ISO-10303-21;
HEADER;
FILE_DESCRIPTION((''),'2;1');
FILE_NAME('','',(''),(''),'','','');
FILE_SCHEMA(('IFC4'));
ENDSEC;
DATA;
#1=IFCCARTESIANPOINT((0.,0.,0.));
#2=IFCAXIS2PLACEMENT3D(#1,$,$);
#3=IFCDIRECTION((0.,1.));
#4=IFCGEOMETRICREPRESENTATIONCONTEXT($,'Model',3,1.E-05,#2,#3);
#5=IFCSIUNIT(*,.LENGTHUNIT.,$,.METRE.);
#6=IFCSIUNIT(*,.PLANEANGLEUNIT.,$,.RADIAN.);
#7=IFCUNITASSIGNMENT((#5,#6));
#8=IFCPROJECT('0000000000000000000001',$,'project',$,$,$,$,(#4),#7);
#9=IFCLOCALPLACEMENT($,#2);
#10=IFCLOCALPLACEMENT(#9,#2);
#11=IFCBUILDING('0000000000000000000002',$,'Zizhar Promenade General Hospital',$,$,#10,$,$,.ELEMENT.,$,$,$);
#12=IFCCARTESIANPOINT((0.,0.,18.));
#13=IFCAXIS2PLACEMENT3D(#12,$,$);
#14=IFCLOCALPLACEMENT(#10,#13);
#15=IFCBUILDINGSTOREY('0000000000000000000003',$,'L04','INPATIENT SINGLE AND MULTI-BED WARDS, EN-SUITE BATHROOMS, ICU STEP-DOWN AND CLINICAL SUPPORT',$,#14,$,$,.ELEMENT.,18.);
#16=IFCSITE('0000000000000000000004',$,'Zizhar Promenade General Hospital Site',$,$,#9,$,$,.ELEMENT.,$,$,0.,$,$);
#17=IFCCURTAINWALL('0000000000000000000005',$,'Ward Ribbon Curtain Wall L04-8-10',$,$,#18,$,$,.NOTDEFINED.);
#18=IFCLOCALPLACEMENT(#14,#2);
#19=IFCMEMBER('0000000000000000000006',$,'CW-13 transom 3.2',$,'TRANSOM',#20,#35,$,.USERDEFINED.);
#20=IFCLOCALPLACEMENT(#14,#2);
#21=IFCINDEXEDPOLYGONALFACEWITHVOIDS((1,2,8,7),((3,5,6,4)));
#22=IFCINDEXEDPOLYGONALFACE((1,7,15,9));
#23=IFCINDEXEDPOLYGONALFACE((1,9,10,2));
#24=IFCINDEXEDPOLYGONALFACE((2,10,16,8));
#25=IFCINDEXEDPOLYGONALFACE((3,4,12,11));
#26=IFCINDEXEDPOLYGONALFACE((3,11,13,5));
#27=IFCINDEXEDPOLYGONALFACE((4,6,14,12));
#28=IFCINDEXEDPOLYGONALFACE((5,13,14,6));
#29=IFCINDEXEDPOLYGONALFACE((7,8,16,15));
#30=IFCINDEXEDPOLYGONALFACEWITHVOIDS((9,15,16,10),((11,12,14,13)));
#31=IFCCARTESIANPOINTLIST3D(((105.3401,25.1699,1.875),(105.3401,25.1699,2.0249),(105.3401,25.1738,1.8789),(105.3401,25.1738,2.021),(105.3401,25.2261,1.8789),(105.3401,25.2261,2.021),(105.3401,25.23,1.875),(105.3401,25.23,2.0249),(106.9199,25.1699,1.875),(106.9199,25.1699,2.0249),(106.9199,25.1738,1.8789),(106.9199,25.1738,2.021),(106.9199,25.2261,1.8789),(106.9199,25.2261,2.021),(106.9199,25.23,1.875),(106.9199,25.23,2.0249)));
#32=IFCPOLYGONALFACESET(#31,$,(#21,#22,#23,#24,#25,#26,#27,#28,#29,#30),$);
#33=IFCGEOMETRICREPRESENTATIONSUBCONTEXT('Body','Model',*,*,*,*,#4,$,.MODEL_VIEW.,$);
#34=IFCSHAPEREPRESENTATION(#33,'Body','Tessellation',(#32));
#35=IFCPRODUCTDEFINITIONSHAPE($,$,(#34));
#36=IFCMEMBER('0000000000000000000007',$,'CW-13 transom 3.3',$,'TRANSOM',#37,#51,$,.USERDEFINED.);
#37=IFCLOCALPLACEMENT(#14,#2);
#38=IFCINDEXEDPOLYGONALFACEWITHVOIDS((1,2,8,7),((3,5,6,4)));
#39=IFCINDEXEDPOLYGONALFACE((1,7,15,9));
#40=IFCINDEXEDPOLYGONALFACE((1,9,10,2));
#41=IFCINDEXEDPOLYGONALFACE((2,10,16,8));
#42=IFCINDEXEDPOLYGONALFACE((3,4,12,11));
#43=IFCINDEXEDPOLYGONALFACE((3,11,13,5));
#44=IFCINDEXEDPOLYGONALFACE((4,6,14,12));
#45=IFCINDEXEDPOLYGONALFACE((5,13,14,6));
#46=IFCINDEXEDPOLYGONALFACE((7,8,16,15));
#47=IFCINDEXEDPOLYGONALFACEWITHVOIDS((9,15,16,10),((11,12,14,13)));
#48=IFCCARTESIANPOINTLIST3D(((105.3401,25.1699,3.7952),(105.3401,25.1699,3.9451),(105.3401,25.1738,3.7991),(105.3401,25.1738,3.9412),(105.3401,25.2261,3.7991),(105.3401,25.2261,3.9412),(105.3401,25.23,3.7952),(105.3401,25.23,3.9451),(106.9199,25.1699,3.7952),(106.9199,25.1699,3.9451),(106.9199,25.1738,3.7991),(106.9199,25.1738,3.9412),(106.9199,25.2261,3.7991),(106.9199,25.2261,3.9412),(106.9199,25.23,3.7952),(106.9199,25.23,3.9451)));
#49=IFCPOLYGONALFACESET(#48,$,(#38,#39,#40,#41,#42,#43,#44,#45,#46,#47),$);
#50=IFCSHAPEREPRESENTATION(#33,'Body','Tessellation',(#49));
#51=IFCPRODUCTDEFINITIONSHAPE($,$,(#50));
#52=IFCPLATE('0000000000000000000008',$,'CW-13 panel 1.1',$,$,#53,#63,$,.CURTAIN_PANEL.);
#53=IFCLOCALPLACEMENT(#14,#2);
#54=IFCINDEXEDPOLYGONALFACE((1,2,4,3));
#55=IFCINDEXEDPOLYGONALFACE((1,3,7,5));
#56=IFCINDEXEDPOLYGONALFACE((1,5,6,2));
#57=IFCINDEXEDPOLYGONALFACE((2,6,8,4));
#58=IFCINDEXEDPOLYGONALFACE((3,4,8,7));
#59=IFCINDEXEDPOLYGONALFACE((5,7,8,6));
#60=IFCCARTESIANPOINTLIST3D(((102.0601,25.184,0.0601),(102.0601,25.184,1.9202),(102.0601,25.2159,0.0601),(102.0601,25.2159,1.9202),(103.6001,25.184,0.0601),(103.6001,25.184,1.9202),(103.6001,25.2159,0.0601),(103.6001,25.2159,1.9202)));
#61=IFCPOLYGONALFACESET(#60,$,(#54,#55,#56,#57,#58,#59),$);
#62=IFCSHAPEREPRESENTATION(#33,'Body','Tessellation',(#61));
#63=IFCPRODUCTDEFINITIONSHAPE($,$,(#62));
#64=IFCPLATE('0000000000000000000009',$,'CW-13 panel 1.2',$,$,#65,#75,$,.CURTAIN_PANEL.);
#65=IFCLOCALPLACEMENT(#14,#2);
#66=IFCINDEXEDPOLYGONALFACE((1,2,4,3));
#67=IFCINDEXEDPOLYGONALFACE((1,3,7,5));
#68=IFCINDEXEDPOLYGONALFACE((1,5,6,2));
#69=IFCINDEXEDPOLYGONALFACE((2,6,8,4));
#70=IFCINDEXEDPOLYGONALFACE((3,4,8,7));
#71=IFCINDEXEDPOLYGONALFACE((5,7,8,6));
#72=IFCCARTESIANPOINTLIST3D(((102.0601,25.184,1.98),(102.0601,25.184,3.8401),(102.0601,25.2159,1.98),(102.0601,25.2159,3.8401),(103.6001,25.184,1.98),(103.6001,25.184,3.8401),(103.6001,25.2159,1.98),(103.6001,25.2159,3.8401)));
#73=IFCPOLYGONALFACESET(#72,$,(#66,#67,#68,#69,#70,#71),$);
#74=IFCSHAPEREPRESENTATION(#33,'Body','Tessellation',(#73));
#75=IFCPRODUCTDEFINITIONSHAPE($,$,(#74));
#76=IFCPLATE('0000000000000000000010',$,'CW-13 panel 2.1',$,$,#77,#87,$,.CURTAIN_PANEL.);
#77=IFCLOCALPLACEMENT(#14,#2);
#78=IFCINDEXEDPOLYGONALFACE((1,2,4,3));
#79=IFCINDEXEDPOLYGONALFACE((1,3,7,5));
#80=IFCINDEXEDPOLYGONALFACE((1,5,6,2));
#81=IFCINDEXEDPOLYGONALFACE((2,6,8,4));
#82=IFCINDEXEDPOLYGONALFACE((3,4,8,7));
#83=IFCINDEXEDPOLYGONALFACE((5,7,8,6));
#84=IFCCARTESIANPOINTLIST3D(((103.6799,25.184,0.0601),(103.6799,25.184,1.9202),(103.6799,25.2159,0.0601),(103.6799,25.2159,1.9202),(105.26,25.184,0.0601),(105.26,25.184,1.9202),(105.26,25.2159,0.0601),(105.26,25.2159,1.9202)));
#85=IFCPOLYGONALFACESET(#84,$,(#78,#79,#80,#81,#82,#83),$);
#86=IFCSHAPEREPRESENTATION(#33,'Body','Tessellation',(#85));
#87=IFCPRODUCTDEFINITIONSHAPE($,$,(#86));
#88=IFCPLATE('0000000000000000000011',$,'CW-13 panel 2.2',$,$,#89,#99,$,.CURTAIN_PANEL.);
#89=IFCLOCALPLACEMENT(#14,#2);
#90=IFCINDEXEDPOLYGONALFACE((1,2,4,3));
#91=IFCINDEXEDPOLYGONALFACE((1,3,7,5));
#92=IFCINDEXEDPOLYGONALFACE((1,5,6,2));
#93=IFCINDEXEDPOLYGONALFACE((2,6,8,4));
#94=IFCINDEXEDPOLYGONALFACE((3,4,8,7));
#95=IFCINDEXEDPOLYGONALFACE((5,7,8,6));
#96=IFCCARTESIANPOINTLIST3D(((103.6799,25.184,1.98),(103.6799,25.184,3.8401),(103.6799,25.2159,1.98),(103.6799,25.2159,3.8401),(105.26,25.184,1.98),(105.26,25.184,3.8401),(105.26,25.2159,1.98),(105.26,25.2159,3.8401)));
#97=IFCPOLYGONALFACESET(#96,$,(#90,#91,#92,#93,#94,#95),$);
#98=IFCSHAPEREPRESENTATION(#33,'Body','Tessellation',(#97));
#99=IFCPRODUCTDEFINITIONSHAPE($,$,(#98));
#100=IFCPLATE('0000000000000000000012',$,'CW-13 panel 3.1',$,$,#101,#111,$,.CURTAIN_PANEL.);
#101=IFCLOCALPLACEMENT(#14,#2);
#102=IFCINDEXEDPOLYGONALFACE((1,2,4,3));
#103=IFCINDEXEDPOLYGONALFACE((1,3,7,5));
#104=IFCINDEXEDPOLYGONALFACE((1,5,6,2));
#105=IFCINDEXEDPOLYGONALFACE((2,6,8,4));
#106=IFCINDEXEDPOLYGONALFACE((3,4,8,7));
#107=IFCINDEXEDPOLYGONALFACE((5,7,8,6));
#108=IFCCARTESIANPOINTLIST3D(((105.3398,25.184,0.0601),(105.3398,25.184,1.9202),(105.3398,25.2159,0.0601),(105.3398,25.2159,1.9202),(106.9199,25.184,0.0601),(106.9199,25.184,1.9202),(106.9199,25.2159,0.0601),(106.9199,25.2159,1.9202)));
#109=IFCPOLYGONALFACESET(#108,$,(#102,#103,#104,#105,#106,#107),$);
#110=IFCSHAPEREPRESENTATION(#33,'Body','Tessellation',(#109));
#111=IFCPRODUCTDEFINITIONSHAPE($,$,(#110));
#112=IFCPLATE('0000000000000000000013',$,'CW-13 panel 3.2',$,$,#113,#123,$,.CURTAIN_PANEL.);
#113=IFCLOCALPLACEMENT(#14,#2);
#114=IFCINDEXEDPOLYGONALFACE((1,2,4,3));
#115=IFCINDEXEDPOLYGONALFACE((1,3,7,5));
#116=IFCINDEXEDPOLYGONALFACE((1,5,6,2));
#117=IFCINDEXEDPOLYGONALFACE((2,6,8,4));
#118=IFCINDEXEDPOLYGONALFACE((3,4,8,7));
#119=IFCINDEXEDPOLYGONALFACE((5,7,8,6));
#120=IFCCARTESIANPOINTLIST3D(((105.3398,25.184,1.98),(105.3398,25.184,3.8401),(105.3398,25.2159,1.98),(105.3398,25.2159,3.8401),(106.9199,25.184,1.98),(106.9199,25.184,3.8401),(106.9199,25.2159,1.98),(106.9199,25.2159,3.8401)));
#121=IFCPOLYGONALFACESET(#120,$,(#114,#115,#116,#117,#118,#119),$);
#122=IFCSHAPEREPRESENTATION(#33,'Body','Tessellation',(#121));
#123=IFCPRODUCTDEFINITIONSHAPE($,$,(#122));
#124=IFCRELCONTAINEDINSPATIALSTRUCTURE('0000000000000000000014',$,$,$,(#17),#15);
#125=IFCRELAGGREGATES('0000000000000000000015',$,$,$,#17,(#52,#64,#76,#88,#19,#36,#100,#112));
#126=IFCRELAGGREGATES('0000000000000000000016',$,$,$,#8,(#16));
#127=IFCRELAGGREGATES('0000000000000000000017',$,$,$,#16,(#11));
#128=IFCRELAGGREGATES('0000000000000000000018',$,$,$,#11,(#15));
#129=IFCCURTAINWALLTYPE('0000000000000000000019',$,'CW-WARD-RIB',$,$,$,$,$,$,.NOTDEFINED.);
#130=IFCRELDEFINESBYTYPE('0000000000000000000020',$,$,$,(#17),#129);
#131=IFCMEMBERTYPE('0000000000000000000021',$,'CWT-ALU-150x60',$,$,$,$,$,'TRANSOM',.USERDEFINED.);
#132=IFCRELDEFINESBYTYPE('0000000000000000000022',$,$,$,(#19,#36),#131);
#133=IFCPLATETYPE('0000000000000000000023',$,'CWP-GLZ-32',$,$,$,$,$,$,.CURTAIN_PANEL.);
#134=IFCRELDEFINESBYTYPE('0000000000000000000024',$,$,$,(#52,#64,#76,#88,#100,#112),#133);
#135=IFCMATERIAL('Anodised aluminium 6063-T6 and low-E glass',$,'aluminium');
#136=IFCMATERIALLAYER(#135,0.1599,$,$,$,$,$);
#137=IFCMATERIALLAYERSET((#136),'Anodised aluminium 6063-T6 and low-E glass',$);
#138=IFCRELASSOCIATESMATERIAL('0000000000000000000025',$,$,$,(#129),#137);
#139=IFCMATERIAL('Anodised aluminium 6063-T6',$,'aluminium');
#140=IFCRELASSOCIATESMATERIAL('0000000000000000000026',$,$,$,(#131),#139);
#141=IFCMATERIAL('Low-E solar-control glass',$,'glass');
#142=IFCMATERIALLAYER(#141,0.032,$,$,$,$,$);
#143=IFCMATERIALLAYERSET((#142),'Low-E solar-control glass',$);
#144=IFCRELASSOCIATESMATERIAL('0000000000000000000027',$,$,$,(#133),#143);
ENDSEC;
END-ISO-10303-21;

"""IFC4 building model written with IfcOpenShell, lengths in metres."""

from ifc_helpers import new_model, si_unit, direction, frame, origin, origin_2d, place, context, subcontext, project, spatial, rectangle, hollow_rectangle, extrude, material, layer, layer_set, material_profile, profile_set, type_object, element, aggregate, save


model = new_model("IFC4")

# Units and contexts
model_context = context("Model", 3, precision=1e-05, world=origin(), true_north=direction((0.0, 1.0)))
body_context = subcontext(model_context, "Body", "Model", "MODEL_VIEW")
ifc_project = project(units=[si_unit("LENGTHUNIT", "METRE"), si_unit("PLANEANGLEUNIT", "RADIAN")], contexts=[model_context])

# Site, building, storey
site_placement = place(None, origin())
site = spatial("IfcSite", under=ifc_project, at=site_placement, Name="Zizhar Promenade General Hospital Site", CompositionType="ELEMENT", RefElevation=0.0)
building_placement = place(site_placement, origin())
building = spatial("IfcBuilding", under=site, at=building_placement, Name="Zizhar Promenade General Hospital", CompositionType="ELEMENT")
storey_placement = place(building_placement, frame((0.0, 0.0, 18.0)))
storey = spatial("IfcBuildingStorey", under=building, at=storey_placement, Name="L04", Description="INPATIENT SINGLE AND MULTI-BED WARDS, EN-SUITE BATHROOMS, ICU STEP-DOWN AND CLINICAL SUPPORT", CompositionType="ELEMENT", Elevation=18.0)

# Curtain wall, members, plates
ifc_material_1 = material(Name="Anodised aluminium 6063-T6 and low-E glass", Category="aluminium")
ifc_layer_1 = layer(ifc_material_1, 0.1599)
ifc_layer_set_1 = layer_set([ifc_layer_1], Name="Anodised aluminium 6063-T6 and low-E glass")
curtain_wall_type = type_object("IfcCurtainWallType", Name="CW-WARD-RIB", PredefinedType="NOTDEFINED", material=ifc_layer_set_1)
curtain_wall_placement = place(storey_placement, origin())
curtain_wall = element("IfcCurtainWall", 1, at=curtain_wall_placement, inside=storey, type_object=curtain_wall_type, Name="Ward Ribbon Curtain Wall L04-8-10", PredefinedType="NOTDEFINED")
ifc_material_2 = material(Name="Anodised aluminium 6063-T6", Category="aluminium")
ifc_material_profile_1 = material_profile(ifc_material_2, hollow_rectangle(XDim=0.0601, YDim=0.1499, WallThickness=0.0039, at=origin_2d()))
ifc_profile_set_1 = profile_set([ifc_material_profile_1], Name="Anodised aluminium 6063-T6")
member_type_1 = type_object("IfcMemberType", Name="CWT-ALU-150x60", ElementType="TRANSOM", PredefinedType="USERDEFINED", material=ifc_profile_set_1)
member_1_placement = place(storey_placement, frame((105.3401, 25.2, 1.95), z_axis=(1.0, 0.0, 0.0), x_axis=(0.0, 1.0, 0.0)))
member_1 = element("IfcMember", 2, at=member_1_placement, type_object=member_type_1, Name="CW-13 transom 3.2", ObjectType="TRANSOM", PredefinedType="USERDEFINED", context=body_context, shape_type="SweptSolid", body=[
    extrude(hollow_rectangle(XDim=0.0601, YDim=0.1499, WallThickness=0.0039, at=origin_2d()), origin(), (0.0, 0.0, 1.0), 1.5798),
])
member_2_placement = place(storey_placement, frame((105.3401, 25.2, 3.8701), z_axis=(1.0, 0.0, 0.0), x_axis=(0.0, 1.0, 0.0)))
member_2 = element("IfcMember", 3, at=member_2_placement, type_object=member_type_1, Name="CW-13 transom 3.3", ObjectType="TRANSOM", PredefinedType="USERDEFINED", context=body_context, shape_type="SweptSolid", body=[
    extrude(hollow_rectangle(XDim=0.0601, YDim=0.1499, WallThickness=0.0039, at=origin_2d()), origin(), (0.0, 0.0, 1.0), 1.5798),
])
ifc_material_3 = material(Name="Low-E solar-control glass", Category="glass")
ifc_layer_2 = layer(ifc_material_3, 0.032)
ifc_layer_set_2 = layer_set([ifc_layer_2], Name="Low-E solar-control glass")
plate_type = type_object("IfcPlateType", Name="CWP-GLZ-32", PredefinedType="CURTAIN_PANEL", material=ifc_layer_set_2)
plate_1_placement = place(storey_placement, frame((102.8301, 25.2, 0.0601), z_axis=(0.0, 0.0, 1.0), x_axis=(1.0, 0.0, 0.0)))
plate_1 = element("IfcPlate", 4, at=plate_1_placement, type_object=plate_type, Name="CW-13 panel 1.1", PredefinedType="CURTAIN_PANEL", context=body_context, shape_type="SweptSolid", body=[
    extrude(rectangle(XDim=1.54, YDim=0.032, at=origin_2d()), origin(), (0.0, 0.0, 1.0), 1.8601),
])
plate_2_placement = place(storey_placement, frame((102.8301, 25.2, 1.98), z_axis=(0.0, 0.0, 1.0), x_axis=(1.0, 0.0, 0.0)))
plate_2 = element("IfcPlate", 5, at=plate_2_placement, type_object=plate_type, Name="CW-13 panel 1.2", PredefinedType="CURTAIN_PANEL", context=body_context, shape_type="SweptSolid", body=[
    extrude(rectangle(XDim=1.54, YDim=0.032, at=origin_2d()), origin(), (0.0, 0.0, 1.0), 1.8601),
])
plate_3_placement = place(storey_placement, frame((104.47, 25.2, 0.0601), z_axis=(0.0, 0.0, 1.0), x_axis=(1.0, 0.0, 0.0)))
plate_3 = element("IfcPlate", 6, at=plate_3_placement, type_object=plate_type, Name="CW-13 panel 2.1", PredefinedType="CURTAIN_PANEL", context=body_context, shape_type="SweptSolid", body=[
    extrude(rectangle(XDim=1.5801, YDim=0.032, at=origin_2d()), origin(), (0.0, 0.0, 1.0), 1.8601),
])
plate_4_placement = place(storey_placement, frame((104.47, 25.2, 1.98), z_axis=(0.0, 0.0, 1.0), x_axis=(1.0, 0.0, 0.0)))
plate_4 = element("IfcPlate", 7, at=plate_4_placement, type_object=plate_type, Name="CW-13 panel 2.2", PredefinedType="CURTAIN_PANEL", context=body_context, shape_type="SweptSolid", body=[
    extrude(rectangle(XDim=1.5801, YDim=0.032, at=origin_2d()), origin(), (0.0, 0.0, 1.0), 1.8601),
])
plate_5_placement = place(storey_placement, frame((106.1299, 25.2, 0.0601), z_axis=(0.0, 0.0, 1.0), x_axis=(1.0, 0.0, 0.0)))
plate_5 = element("IfcPlate", 8, at=plate_5_placement, type_object=plate_type, Name="CW-13 panel 3.1", PredefinedType="CURTAIN_PANEL", context=body_context, shape_type="SweptSolid", body=[
    extrude(rectangle(XDim=1.5801, YDim=0.032, at=origin_2d()), origin(), (0.0, 0.0, 1.0), 1.8601),
])
plate_6_placement = place(storey_placement, frame((106.1299, 25.2, 1.98), z_axis=(0.0, 0.0, 1.0), x_axis=(1.0, 0.0, 0.0)))
plate_6 = element("IfcPlate", 9, at=plate_6_placement, type_object=plate_type, Name="CW-13 panel 3.2", PredefinedType="CURTAIN_PANEL", context=body_context, shape_type="SweptSolid", body=[
    extrude(rectangle(XDim=1.5801, YDim=0.032, at=origin_2d()), origin(), (0.0, 0.0, 1.0), 1.8601),
])
aggregate(curtain_wall, [plate_1, plate_2, plate_3, plate_4, member_1, member_2, plate_5, plate_6])

save(model, "model.ifc")
